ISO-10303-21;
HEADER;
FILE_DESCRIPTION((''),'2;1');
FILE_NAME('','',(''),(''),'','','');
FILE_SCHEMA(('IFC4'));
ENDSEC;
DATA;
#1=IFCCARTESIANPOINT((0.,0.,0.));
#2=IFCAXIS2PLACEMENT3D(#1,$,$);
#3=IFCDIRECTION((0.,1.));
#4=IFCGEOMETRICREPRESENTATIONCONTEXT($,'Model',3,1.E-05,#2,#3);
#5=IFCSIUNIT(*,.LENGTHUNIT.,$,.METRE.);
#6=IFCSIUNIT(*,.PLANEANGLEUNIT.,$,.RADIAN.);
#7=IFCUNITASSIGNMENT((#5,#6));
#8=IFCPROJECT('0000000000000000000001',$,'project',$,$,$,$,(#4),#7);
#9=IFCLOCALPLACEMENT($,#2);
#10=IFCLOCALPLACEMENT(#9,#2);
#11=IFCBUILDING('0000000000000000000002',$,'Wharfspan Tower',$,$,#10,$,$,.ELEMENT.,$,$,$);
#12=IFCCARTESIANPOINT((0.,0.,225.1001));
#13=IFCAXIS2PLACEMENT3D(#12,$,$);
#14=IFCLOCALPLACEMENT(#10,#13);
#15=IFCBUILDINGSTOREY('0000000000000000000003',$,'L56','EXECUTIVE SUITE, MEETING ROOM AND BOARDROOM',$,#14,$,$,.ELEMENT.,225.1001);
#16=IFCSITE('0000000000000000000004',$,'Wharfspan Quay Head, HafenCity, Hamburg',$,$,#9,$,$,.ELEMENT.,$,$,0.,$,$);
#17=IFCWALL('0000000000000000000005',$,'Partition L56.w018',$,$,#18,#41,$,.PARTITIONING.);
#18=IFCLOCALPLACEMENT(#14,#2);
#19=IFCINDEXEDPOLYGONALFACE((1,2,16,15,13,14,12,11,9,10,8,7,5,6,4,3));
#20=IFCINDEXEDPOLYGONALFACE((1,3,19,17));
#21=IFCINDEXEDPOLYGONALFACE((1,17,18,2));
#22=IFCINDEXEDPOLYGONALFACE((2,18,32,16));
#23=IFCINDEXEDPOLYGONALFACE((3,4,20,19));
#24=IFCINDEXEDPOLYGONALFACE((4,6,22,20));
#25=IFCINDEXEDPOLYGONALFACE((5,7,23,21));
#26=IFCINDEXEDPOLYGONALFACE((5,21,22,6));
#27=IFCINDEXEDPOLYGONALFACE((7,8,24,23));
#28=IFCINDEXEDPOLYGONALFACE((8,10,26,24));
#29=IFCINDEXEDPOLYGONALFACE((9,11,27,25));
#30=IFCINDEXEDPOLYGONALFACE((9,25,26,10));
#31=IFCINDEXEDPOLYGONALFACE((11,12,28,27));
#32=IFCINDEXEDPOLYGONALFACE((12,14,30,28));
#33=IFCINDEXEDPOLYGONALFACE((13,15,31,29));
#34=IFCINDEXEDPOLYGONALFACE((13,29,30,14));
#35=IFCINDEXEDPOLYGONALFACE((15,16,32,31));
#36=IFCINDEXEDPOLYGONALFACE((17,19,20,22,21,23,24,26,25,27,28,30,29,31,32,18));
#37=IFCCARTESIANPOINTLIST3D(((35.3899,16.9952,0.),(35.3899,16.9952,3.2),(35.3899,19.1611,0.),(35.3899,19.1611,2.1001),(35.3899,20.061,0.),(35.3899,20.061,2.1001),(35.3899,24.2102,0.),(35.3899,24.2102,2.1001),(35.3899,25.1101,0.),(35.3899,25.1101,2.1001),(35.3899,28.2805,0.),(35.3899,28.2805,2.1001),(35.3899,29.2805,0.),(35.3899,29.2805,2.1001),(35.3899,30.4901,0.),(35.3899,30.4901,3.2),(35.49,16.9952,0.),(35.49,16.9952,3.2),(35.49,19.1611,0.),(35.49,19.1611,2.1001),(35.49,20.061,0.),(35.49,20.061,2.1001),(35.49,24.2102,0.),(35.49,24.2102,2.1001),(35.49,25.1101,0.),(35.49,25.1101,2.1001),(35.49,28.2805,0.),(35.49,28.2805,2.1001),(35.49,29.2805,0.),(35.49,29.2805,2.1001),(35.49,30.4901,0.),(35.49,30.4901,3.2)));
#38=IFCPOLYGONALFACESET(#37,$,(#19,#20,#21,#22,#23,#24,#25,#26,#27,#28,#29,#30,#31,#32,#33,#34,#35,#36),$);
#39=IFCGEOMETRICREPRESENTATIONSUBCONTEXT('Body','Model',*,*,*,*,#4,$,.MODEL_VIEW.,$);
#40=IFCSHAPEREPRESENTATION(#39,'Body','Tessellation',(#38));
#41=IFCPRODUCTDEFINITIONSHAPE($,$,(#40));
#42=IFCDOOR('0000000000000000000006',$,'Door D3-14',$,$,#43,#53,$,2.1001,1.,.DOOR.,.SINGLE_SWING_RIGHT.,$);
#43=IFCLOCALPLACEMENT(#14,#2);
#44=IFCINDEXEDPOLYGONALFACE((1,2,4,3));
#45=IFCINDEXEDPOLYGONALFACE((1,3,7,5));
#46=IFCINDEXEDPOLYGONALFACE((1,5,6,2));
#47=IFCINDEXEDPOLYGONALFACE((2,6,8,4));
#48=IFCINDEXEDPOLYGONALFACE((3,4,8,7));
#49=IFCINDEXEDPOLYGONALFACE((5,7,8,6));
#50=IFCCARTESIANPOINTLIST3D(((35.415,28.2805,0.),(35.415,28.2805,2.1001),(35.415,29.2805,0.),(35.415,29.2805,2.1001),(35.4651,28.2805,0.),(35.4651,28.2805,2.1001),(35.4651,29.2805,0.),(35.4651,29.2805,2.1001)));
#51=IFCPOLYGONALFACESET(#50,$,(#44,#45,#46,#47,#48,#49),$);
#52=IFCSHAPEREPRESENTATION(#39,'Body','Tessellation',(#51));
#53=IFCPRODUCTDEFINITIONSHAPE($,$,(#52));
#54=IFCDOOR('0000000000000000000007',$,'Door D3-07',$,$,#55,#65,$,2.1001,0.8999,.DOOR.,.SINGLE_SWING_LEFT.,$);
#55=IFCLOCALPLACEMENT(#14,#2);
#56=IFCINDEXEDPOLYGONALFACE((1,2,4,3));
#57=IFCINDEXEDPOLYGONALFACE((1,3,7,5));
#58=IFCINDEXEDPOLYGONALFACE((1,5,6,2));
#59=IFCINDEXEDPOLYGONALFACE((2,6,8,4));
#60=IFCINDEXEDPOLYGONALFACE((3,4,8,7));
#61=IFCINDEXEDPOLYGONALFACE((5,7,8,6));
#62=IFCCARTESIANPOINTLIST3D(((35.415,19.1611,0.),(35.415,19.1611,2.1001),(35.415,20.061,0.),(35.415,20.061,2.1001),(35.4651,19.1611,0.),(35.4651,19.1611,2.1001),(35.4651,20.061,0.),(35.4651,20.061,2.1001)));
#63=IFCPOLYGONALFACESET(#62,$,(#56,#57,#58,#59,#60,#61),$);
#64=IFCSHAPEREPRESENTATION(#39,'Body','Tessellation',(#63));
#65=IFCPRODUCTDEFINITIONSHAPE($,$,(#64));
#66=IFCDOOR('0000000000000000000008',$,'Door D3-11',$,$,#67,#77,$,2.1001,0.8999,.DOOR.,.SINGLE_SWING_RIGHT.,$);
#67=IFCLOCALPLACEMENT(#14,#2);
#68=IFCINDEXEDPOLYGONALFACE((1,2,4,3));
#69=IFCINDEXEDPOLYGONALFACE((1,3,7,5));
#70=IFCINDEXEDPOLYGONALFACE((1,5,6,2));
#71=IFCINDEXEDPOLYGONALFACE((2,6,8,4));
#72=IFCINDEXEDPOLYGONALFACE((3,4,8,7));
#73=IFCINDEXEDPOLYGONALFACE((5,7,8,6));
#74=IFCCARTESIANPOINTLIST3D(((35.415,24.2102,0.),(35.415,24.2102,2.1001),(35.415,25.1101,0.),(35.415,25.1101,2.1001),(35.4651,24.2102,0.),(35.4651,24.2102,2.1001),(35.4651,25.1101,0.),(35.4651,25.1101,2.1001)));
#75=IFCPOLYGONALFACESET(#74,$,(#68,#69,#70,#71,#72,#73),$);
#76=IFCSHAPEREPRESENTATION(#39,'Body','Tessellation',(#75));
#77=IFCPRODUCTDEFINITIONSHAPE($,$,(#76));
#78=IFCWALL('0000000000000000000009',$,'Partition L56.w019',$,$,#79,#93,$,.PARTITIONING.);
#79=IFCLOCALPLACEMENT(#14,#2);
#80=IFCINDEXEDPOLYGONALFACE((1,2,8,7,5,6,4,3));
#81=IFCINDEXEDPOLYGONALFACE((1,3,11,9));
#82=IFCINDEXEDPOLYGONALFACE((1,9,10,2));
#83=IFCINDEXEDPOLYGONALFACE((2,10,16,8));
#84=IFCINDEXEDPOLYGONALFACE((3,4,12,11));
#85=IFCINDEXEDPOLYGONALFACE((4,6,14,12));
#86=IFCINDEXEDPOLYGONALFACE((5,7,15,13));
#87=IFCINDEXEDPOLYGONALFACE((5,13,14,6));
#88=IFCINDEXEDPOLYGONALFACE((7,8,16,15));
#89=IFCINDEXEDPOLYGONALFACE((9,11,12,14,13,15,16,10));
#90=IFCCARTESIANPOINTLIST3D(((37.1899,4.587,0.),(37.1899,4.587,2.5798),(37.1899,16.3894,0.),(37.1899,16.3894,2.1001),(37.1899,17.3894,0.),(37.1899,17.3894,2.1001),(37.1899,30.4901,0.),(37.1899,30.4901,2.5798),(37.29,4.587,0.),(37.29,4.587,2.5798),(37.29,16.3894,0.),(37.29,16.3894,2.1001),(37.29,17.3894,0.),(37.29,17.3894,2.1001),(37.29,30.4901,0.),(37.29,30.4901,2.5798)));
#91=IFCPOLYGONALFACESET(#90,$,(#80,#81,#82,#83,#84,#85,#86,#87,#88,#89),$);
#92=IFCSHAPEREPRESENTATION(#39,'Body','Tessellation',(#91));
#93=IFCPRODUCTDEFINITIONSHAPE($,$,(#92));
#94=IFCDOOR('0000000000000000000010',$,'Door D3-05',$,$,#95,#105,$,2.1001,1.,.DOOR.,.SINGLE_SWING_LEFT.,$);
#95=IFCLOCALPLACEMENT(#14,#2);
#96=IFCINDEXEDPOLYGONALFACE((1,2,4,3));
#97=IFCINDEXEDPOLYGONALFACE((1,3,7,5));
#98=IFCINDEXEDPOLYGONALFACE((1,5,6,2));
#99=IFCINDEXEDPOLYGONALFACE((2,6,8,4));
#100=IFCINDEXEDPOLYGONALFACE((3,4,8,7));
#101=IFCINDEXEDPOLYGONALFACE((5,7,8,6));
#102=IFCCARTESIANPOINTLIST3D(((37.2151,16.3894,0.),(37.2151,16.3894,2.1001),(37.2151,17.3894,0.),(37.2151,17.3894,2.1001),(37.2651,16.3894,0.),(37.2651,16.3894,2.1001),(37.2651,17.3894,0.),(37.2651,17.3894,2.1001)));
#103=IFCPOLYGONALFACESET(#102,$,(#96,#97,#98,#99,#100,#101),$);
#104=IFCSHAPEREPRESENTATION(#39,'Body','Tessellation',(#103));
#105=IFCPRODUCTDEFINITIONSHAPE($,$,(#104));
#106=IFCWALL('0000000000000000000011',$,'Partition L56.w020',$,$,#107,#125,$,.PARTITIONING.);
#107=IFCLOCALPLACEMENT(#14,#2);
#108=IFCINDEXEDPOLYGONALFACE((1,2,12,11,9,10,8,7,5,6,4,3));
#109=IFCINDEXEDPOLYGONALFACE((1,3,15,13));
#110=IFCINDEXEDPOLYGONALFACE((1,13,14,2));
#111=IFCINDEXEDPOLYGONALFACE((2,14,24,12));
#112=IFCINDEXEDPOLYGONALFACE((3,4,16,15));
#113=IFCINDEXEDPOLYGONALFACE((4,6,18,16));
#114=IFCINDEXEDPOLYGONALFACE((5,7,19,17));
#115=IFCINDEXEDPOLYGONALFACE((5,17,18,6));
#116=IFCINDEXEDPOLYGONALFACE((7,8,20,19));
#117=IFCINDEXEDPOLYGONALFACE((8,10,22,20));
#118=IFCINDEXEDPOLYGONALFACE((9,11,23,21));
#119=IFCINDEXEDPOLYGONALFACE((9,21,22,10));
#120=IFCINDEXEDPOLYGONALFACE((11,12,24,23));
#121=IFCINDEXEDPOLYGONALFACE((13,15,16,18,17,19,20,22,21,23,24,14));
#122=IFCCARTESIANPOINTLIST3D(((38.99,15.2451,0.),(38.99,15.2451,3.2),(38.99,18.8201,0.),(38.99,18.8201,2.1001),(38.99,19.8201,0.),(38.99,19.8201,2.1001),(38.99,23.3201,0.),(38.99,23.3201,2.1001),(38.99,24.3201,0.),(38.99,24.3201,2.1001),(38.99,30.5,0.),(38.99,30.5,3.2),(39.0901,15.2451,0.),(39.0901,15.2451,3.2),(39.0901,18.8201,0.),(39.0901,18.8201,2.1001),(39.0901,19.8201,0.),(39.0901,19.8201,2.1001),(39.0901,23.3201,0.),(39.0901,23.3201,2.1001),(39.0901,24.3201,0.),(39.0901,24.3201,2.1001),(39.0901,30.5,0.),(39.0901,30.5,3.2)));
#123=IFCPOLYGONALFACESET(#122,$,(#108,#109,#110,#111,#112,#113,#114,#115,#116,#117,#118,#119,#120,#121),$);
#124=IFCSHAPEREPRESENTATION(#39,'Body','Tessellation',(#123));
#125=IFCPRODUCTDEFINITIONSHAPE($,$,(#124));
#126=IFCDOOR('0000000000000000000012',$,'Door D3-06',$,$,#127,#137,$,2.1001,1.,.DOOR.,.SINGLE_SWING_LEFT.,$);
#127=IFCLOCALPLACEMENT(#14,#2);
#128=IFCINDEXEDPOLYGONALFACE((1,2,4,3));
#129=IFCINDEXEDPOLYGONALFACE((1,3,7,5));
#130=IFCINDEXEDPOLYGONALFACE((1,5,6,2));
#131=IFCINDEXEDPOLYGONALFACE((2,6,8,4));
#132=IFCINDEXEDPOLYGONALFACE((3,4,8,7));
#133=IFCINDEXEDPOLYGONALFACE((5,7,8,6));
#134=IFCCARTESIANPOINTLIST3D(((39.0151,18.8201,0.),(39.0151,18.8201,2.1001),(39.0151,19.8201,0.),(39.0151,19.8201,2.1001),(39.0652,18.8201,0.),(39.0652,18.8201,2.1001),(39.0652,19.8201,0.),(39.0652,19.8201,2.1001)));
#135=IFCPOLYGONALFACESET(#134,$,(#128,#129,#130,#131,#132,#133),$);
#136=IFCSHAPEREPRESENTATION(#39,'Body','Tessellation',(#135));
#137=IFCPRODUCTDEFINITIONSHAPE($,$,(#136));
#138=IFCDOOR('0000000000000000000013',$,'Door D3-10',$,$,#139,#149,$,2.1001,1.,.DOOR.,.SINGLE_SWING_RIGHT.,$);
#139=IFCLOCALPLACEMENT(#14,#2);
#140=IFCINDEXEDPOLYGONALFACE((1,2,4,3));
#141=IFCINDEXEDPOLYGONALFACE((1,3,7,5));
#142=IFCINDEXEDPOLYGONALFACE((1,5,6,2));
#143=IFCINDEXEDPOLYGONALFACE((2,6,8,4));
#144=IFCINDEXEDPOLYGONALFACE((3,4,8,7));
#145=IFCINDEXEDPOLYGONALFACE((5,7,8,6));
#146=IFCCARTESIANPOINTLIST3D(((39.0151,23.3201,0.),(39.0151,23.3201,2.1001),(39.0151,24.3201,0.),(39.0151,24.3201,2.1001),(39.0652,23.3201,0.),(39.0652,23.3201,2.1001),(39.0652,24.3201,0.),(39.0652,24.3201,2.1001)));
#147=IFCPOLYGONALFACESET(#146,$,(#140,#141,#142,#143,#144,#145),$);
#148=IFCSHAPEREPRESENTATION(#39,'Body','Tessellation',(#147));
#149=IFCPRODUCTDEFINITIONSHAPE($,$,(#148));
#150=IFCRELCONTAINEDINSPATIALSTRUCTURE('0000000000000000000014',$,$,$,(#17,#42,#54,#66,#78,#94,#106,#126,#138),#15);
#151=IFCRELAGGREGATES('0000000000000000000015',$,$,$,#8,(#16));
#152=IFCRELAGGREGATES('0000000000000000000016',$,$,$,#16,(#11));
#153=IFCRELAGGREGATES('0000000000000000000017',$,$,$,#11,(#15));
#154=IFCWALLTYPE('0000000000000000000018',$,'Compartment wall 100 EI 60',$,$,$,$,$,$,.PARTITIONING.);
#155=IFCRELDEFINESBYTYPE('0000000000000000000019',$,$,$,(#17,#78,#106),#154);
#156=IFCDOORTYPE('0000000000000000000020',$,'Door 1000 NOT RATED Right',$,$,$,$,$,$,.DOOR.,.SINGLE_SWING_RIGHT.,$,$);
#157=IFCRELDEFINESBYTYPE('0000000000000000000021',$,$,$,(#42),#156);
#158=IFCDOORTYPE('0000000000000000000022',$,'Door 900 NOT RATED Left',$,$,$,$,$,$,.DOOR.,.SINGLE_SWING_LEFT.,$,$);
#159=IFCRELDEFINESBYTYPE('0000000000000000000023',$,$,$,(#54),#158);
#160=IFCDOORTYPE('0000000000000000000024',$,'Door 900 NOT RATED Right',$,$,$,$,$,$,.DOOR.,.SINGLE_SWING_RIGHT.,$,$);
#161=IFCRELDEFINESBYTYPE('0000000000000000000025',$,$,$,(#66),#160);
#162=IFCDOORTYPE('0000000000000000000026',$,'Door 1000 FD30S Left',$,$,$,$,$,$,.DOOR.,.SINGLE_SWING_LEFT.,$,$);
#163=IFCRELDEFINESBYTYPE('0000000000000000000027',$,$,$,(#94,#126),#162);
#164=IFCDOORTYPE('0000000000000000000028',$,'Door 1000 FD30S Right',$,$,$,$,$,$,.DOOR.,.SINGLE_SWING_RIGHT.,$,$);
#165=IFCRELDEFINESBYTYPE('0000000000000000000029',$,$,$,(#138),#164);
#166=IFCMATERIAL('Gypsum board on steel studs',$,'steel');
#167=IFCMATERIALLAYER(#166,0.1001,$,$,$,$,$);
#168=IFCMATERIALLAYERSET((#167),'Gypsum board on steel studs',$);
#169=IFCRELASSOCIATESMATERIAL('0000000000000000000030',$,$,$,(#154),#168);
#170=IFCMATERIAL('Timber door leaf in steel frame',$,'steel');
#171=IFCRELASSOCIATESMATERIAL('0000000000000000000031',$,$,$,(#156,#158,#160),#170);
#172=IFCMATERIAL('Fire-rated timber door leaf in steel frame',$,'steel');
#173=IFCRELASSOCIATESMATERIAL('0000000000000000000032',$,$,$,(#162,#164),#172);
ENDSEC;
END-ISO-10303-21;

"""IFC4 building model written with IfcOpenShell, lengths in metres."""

from ifc_helpers import new_model, si_unit, direction, frame, frame_2d, origin, place, context, subcontext, project, spatial, rectangle, extrude, material, layer, layer_set, type_object, element, fill, save


model = new_model("IFC4")

# Units and contexts
model_context = context("Model", 3, precision=1e-05, world=origin(), true_north=direction((0.0, 1.0)))
body_context = subcontext(model_context, "Body", "Model", "MODEL_VIEW")
ifc_project = project(units=[si_unit("LENGTHUNIT", "METRE"), si_unit("PLANEANGLEUNIT", "RADIAN")], contexts=[model_context])

# Site, building, storey
site_placement = place(None, origin())
site = spatial("IfcSite", under=ifc_project, at=site_placement, Name="Wharfspan Quay Head, HafenCity, Hamburg", CompositionType="ELEMENT", RefElevation=0.0)
building_placement = place(site_placement, origin())
building = spatial("IfcBuilding", under=site, at=building_placement, Name="Wharfspan Tower", CompositionType="ELEMENT")
storey_placement = place(building_placement, frame((0.0, 0.0, 225.1001)))
storey = spatial("IfcBuildingStorey", under=building, at=storey_placement, Name="L56", Description="EXECUTIVE SUITE, MEETING ROOM AND BOARDROOM", CompositionType="ELEMENT", Elevation=225.1001)

# Wall, openings, doors
ifc_material_1 = material(Name="Gypsum board on steel studs", Category="steel")
ifc_layer_1 = layer(ifc_material_1, 0.1001)
ifc_layer_set_1 = layer_set([ifc_layer_1], Name="Gypsum board on steel studs")
wall_type_1 = type_object("IfcWallType", Name="Compartment wall 100 EI 60", PredefinedType="PARTITIONING", material=ifc_layer_set_1)
wall_1_placement = place(storey_placement, frame((35.4399, 16.9951, 0.0), z_axis=(0.0, 0.0, 1.0), x_axis=(0.0, 1.0, 0.0)))
wall_1 = element("IfcWall", 1, at=wall_1_placement, inside=storey, type_object=wall_type_1, Name="Partition L56.w018", PredefinedType="PARTITIONING", context=body_context, shape_type="SweptSolid", body=[
    extrude(rectangle(XDim=13.4949, YDim=0.1001, at=frame_2d((6.7476, 0.0))), origin(), (0.0, 0.0, 1.0), 3.2),
])
opening_1_placement = place(wall_1_placement, frame((2.166, 0.0, 0.0)))
opening_1 = element("IfcOpeningElement", 2, at=opening_1_placement, cuts=wall_1, PredefinedType="OPENING", context=body_context, shape_type="SweptSolid", body=[
    extrude(rectangle(XDim=0.8999, YDim=2.1001, at=frame_2d((0.45, 1.05))), frame((0.0, 0.0601, 0.0), z_axis=(0.0, -1.0, 0.0), x_axis=(1.0, 0.0, 0.0)), (0.0, 0.0, 1.0), 0.1201),
])
opening_2_placement = place(wall_1_placement, frame((7.2151, 0.0, 0.0)))
opening_2 = element("IfcOpeningElement", 3, at=opening_2_placement, cuts=wall_1, PredefinedType="OPENING", context=body_context, shape_type="SweptSolid", body=[
    extrude(rectangle(XDim=0.8999, YDim=2.1001, at=frame_2d((0.45, 1.05))), frame((0.0, 0.0601, 0.0), z_axis=(0.0, -1.0, 0.0), x_axis=(1.0, 0.0, 0.0)), (0.0, 0.0, 1.0), 0.1201),
])
opening_3_placement = place(wall_1_placement, frame((11.2854, 0.0, 0.0)))
opening_3 = element("IfcOpeningElement", 4, at=opening_3_placement, cuts=wall_1, PredefinedType="OPENING", context=body_context, shape_type="SweptSolid", body=[
    extrude(rectangle(XDim=1.0, YDim=2.1001, at=frame_2d((0.5, 1.05))), frame((0.0, 0.0601, 0.0), z_axis=(0.0, -1.0, 0.0), x_axis=(1.0, 0.0, 0.0)), (0.0, 0.0, 1.0), 0.1201),
])
ifc_material_2 = material(Name="Timber door leaf in steel frame", Category="steel")
door_type_1 = type_object("IfcDoorType", Name="Door 1000 NOT RATED Right", OperationType="SINGLE_SWING_RIGHT", PredefinedType="DOOR", material=ifc_material_2)
door_1_placement = place(opening_3_placement, origin())
door_1 = element("IfcDoor", 5, at=door_1_placement, inside=storey, type_object=door_type_1, Name="Door D3-14", OperationType="SINGLE_SWING_RIGHT", OverallHeight=2.1001, OverallWidth=1.0, PredefinedType="DOOR", context=body_context, shape_type="SweptSolid", body=[
    extrude(rectangle(XDim=1.0, YDim=2.1001, at=frame_2d((0.5, 1.05))), frame((0.0, 0.0249, 0.0), z_axis=(0.0, -1.0, 0.0), x_axis=(1.0, 0.0, 0.0)), (0.0, 0.0, 1.0), 0.05),
])
fill(opening_3, door_1)
door_type_2 = type_object("IfcDoorType", Name="Door 900 NOT RATED Left", OperationType="SINGLE_SWING_LEFT", PredefinedType="DOOR", material=ifc_material_2)
door_2_placement = place(opening_1_placement, origin())
door_2 = element("IfcDoor", 6, at=door_2_placement, inside=storey, type_object=door_type_2, Name="Door D3-07", OperationType="SINGLE_SWING_LEFT", OverallHeight=2.1001, OverallWidth=0.8999, PredefinedType="DOOR", context=body_context, shape_type="SweptSolid", body=[
    extrude(rectangle(XDim=0.8999, YDim=2.1001, at=frame_2d((0.45, 1.05))), frame((0.0, 0.0249, 0.0), z_axis=(0.0, -1.0, 0.0), x_axis=(1.0, 0.0, 0.0)), (0.0, 0.0, 1.0), 0.05),
])
fill(opening_1, door_2)
door_type_3 = type_object("IfcDoorType", Name="Door 900 NOT RATED Right", OperationType="SINGLE_SWING_RIGHT", PredefinedType="DOOR", material=ifc_material_2)
door_3_placement = place(opening_2_placement, origin())
door_3 = element("IfcDoor", 7, at=door_3_placement, inside=storey, type_object=door_type_3, Name="Door D3-11", OperationType="SINGLE_SWING_RIGHT", OverallHeight=2.1001, OverallWidth=0.8999, PredefinedType="DOOR", context=body_context, shape_type="SweptSolid", body=[
    extrude(rectangle(XDim=0.8999, YDim=2.1001, at=frame_2d((0.45, 1.05))), frame((0.0, 0.0249, 0.0), z_axis=(0.0, -1.0, 0.0), x_axis=(1.0, 0.0, 0.0)), (0.0, 0.0, 1.0), 0.05),
])
fill(opening_2, door_3)

# Wall, opening, door
wall_2_placement = place(storey_placement, frame((37.24, 4.5869, 0.0), z_axis=(0.0, 0.0, 1.0), x_axis=(0.0, 1.0, 0.0)))
wall_2 = element("IfcWall", 8, at=wall_2_placement, inside=storey, type_object=wall_type_1, Name="Partition L56.w019", PredefinedType="PARTITIONING", context=body_context, shape_type="SweptSolid", body=[
    extrude(rectangle(XDim=25.9031, YDim=0.1001, at=frame_2d((12.9517, 0.0))), origin(), (0.0, 0.0, 1.0), 2.5798),
])
opening_4_placement = place(wall_2_placement, frame((11.8025, 0.0, 0.0)))
opening_4 = element("IfcOpeningElement", 9, at=opening_4_placement, cuts=wall_2, PredefinedType="OPENING", context=body_context, shape_type="SweptSolid", body=[
    extrude(rectangle(XDim=1.0, YDim=2.1001, at=frame_2d((0.5, 1.05))), frame((0.0, 0.0601, 0.0), z_axis=(0.0, -1.0, 0.0), x_axis=(1.0, 0.0, 0.0)), (0.0, 0.0, 1.0), 0.1201),
])
ifc_material_3 = material(Name="Fire-rated timber door leaf in steel frame", Category="steel")
door_type_4 = type_object("IfcDoorType", Name="Door 1000 FD30S Left", OperationType="SINGLE_SWING_LEFT", PredefinedType="DOOR", material=ifc_material_3)
door_4_placement = place(opening_4_placement, origin())
door_4 = element("IfcDoor", 10, at=door_4_placement, inside=storey, type_object=door_type_4, Name="Door D3-05", OperationType="SINGLE_SWING_LEFT", OverallHeight=2.1001, OverallWidth=1.0, PredefinedType="DOOR", context=body_context, shape_type="SweptSolid", body=[
    extrude(rectangle(XDim=1.0, YDim=2.1001, at=frame_2d((0.5, 1.05))), frame((0.0, 0.0249, 0.0), z_axis=(0.0, -1.0, 0.0), x_axis=(1.0, 0.0, 0.0)), (0.0, 0.0, 1.0), 0.05),
])
fill(opening_4, door_4)

# Wall, openings, doors
wall_3_placement = place(storey_placement, frame((39.04, 15.2451, 0.0), z_axis=(0.0, 0.0, 1.0), x_axis=(0.0, 1.0, 0.0)))
wall_3 = element("IfcWall", 11, at=wall_3_placement, inside=storey, type_object=wall_type_1, Name="Partition L56.w020", PredefinedType="PARTITIONING", context=body_context, shape_type="SweptSolid", body=[
    extrude(rectangle(XDim=15.2549, YDim=0.1001, at=frame_2d((7.6274, 0.0))), origin(), (0.0, 0.0, 1.0), 3.2),
])
opening_5_placement = place(wall_3_placement, frame((3.575, 0.0, 0.0)))
opening_5 = element("IfcOpeningElement", 12, at=opening_5_placement, cuts=wall_3, PredefinedType="OPENING", context=body_context, shape_type="SweptSolid", body=[
    extrude(rectangle(XDim=1.0, YDim=2.1001, at=frame_2d((0.5, 1.05))), frame((0.0, 0.0601, 0.0), z_axis=(0.0, -1.0, 0.0), x_axis=(1.0, 0.0, 0.0)), (0.0, 0.0, 1.0), 0.1201),
])
opening_6_placement = place(wall_3_placement, frame((8.075, 0.0, 0.0)))
opening_6 = element("IfcOpeningElement", 13, at=opening_6_placement, cuts=wall_3, PredefinedType="OPENING", context=body_context, shape_type="SweptSolid", body=[
    extrude(rectangle(XDim=1.0, YDim=2.1001, at=frame_2d((0.5, 1.05))), frame((0.0, 0.0601, 0.0), z_axis=(0.0, -1.0, 0.0), x_axis=(1.0, 0.0, 0.0)), (0.0, 0.0, 1.0), 0.1201),
])
door_5_placement = place(opening_5_placement, origin())
door_5 = element("IfcDoor", 14, at=door_5_placement, inside=storey, type_object=door_type_4, Name="Door D3-06", OperationType="SINGLE_SWING_LEFT", OverallHeight=2.1001, OverallWidth=1.0, PredefinedType="DOOR", context=body_context, shape_type="SweptSolid", body=[
    extrude(rectangle(XDim=1.0, YDim=2.1001, at=frame_2d((0.5, 1.05))), frame((0.0, 0.0249, 0.0), z_axis=(0.0, -1.0, 0.0), x_axis=(1.0, 0.0, 0.0)), (0.0, 0.0, 1.0), 0.05),
])
fill(opening_5, door_5)
door_type_5 = type_object("IfcDoorType", Name="Door 1000 FD30S Right", OperationType="SINGLE_SWING_RIGHT", PredefinedType="DOOR", material=ifc_material_3)
door_6_placement = place(opening_6_placement, origin())
door_6 = element("IfcDoor", 15, at=door_6_placement, inside=storey, type_object=door_type_5, Name="Door D3-10", OperationType="SINGLE_SWING_RIGHT", OverallHeight=2.1001, OverallWidth=1.0, PredefinedType="DOOR", context=body_context, shape_type="SweptSolid", body=[
    extrude(rectangle(XDim=1.0, YDim=2.1001, at=frame_2d((0.5, 1.05))), frame((0.0, 0.0249, 0.0), z_axis=(0.0, -1.0, 0.0), x_axis=(1.0, 0.0, 0.0)), (0.0, 0.0, 1.0), 0.05),
])
fill(opening_6, door_6)

save(model, "model.ifc")
